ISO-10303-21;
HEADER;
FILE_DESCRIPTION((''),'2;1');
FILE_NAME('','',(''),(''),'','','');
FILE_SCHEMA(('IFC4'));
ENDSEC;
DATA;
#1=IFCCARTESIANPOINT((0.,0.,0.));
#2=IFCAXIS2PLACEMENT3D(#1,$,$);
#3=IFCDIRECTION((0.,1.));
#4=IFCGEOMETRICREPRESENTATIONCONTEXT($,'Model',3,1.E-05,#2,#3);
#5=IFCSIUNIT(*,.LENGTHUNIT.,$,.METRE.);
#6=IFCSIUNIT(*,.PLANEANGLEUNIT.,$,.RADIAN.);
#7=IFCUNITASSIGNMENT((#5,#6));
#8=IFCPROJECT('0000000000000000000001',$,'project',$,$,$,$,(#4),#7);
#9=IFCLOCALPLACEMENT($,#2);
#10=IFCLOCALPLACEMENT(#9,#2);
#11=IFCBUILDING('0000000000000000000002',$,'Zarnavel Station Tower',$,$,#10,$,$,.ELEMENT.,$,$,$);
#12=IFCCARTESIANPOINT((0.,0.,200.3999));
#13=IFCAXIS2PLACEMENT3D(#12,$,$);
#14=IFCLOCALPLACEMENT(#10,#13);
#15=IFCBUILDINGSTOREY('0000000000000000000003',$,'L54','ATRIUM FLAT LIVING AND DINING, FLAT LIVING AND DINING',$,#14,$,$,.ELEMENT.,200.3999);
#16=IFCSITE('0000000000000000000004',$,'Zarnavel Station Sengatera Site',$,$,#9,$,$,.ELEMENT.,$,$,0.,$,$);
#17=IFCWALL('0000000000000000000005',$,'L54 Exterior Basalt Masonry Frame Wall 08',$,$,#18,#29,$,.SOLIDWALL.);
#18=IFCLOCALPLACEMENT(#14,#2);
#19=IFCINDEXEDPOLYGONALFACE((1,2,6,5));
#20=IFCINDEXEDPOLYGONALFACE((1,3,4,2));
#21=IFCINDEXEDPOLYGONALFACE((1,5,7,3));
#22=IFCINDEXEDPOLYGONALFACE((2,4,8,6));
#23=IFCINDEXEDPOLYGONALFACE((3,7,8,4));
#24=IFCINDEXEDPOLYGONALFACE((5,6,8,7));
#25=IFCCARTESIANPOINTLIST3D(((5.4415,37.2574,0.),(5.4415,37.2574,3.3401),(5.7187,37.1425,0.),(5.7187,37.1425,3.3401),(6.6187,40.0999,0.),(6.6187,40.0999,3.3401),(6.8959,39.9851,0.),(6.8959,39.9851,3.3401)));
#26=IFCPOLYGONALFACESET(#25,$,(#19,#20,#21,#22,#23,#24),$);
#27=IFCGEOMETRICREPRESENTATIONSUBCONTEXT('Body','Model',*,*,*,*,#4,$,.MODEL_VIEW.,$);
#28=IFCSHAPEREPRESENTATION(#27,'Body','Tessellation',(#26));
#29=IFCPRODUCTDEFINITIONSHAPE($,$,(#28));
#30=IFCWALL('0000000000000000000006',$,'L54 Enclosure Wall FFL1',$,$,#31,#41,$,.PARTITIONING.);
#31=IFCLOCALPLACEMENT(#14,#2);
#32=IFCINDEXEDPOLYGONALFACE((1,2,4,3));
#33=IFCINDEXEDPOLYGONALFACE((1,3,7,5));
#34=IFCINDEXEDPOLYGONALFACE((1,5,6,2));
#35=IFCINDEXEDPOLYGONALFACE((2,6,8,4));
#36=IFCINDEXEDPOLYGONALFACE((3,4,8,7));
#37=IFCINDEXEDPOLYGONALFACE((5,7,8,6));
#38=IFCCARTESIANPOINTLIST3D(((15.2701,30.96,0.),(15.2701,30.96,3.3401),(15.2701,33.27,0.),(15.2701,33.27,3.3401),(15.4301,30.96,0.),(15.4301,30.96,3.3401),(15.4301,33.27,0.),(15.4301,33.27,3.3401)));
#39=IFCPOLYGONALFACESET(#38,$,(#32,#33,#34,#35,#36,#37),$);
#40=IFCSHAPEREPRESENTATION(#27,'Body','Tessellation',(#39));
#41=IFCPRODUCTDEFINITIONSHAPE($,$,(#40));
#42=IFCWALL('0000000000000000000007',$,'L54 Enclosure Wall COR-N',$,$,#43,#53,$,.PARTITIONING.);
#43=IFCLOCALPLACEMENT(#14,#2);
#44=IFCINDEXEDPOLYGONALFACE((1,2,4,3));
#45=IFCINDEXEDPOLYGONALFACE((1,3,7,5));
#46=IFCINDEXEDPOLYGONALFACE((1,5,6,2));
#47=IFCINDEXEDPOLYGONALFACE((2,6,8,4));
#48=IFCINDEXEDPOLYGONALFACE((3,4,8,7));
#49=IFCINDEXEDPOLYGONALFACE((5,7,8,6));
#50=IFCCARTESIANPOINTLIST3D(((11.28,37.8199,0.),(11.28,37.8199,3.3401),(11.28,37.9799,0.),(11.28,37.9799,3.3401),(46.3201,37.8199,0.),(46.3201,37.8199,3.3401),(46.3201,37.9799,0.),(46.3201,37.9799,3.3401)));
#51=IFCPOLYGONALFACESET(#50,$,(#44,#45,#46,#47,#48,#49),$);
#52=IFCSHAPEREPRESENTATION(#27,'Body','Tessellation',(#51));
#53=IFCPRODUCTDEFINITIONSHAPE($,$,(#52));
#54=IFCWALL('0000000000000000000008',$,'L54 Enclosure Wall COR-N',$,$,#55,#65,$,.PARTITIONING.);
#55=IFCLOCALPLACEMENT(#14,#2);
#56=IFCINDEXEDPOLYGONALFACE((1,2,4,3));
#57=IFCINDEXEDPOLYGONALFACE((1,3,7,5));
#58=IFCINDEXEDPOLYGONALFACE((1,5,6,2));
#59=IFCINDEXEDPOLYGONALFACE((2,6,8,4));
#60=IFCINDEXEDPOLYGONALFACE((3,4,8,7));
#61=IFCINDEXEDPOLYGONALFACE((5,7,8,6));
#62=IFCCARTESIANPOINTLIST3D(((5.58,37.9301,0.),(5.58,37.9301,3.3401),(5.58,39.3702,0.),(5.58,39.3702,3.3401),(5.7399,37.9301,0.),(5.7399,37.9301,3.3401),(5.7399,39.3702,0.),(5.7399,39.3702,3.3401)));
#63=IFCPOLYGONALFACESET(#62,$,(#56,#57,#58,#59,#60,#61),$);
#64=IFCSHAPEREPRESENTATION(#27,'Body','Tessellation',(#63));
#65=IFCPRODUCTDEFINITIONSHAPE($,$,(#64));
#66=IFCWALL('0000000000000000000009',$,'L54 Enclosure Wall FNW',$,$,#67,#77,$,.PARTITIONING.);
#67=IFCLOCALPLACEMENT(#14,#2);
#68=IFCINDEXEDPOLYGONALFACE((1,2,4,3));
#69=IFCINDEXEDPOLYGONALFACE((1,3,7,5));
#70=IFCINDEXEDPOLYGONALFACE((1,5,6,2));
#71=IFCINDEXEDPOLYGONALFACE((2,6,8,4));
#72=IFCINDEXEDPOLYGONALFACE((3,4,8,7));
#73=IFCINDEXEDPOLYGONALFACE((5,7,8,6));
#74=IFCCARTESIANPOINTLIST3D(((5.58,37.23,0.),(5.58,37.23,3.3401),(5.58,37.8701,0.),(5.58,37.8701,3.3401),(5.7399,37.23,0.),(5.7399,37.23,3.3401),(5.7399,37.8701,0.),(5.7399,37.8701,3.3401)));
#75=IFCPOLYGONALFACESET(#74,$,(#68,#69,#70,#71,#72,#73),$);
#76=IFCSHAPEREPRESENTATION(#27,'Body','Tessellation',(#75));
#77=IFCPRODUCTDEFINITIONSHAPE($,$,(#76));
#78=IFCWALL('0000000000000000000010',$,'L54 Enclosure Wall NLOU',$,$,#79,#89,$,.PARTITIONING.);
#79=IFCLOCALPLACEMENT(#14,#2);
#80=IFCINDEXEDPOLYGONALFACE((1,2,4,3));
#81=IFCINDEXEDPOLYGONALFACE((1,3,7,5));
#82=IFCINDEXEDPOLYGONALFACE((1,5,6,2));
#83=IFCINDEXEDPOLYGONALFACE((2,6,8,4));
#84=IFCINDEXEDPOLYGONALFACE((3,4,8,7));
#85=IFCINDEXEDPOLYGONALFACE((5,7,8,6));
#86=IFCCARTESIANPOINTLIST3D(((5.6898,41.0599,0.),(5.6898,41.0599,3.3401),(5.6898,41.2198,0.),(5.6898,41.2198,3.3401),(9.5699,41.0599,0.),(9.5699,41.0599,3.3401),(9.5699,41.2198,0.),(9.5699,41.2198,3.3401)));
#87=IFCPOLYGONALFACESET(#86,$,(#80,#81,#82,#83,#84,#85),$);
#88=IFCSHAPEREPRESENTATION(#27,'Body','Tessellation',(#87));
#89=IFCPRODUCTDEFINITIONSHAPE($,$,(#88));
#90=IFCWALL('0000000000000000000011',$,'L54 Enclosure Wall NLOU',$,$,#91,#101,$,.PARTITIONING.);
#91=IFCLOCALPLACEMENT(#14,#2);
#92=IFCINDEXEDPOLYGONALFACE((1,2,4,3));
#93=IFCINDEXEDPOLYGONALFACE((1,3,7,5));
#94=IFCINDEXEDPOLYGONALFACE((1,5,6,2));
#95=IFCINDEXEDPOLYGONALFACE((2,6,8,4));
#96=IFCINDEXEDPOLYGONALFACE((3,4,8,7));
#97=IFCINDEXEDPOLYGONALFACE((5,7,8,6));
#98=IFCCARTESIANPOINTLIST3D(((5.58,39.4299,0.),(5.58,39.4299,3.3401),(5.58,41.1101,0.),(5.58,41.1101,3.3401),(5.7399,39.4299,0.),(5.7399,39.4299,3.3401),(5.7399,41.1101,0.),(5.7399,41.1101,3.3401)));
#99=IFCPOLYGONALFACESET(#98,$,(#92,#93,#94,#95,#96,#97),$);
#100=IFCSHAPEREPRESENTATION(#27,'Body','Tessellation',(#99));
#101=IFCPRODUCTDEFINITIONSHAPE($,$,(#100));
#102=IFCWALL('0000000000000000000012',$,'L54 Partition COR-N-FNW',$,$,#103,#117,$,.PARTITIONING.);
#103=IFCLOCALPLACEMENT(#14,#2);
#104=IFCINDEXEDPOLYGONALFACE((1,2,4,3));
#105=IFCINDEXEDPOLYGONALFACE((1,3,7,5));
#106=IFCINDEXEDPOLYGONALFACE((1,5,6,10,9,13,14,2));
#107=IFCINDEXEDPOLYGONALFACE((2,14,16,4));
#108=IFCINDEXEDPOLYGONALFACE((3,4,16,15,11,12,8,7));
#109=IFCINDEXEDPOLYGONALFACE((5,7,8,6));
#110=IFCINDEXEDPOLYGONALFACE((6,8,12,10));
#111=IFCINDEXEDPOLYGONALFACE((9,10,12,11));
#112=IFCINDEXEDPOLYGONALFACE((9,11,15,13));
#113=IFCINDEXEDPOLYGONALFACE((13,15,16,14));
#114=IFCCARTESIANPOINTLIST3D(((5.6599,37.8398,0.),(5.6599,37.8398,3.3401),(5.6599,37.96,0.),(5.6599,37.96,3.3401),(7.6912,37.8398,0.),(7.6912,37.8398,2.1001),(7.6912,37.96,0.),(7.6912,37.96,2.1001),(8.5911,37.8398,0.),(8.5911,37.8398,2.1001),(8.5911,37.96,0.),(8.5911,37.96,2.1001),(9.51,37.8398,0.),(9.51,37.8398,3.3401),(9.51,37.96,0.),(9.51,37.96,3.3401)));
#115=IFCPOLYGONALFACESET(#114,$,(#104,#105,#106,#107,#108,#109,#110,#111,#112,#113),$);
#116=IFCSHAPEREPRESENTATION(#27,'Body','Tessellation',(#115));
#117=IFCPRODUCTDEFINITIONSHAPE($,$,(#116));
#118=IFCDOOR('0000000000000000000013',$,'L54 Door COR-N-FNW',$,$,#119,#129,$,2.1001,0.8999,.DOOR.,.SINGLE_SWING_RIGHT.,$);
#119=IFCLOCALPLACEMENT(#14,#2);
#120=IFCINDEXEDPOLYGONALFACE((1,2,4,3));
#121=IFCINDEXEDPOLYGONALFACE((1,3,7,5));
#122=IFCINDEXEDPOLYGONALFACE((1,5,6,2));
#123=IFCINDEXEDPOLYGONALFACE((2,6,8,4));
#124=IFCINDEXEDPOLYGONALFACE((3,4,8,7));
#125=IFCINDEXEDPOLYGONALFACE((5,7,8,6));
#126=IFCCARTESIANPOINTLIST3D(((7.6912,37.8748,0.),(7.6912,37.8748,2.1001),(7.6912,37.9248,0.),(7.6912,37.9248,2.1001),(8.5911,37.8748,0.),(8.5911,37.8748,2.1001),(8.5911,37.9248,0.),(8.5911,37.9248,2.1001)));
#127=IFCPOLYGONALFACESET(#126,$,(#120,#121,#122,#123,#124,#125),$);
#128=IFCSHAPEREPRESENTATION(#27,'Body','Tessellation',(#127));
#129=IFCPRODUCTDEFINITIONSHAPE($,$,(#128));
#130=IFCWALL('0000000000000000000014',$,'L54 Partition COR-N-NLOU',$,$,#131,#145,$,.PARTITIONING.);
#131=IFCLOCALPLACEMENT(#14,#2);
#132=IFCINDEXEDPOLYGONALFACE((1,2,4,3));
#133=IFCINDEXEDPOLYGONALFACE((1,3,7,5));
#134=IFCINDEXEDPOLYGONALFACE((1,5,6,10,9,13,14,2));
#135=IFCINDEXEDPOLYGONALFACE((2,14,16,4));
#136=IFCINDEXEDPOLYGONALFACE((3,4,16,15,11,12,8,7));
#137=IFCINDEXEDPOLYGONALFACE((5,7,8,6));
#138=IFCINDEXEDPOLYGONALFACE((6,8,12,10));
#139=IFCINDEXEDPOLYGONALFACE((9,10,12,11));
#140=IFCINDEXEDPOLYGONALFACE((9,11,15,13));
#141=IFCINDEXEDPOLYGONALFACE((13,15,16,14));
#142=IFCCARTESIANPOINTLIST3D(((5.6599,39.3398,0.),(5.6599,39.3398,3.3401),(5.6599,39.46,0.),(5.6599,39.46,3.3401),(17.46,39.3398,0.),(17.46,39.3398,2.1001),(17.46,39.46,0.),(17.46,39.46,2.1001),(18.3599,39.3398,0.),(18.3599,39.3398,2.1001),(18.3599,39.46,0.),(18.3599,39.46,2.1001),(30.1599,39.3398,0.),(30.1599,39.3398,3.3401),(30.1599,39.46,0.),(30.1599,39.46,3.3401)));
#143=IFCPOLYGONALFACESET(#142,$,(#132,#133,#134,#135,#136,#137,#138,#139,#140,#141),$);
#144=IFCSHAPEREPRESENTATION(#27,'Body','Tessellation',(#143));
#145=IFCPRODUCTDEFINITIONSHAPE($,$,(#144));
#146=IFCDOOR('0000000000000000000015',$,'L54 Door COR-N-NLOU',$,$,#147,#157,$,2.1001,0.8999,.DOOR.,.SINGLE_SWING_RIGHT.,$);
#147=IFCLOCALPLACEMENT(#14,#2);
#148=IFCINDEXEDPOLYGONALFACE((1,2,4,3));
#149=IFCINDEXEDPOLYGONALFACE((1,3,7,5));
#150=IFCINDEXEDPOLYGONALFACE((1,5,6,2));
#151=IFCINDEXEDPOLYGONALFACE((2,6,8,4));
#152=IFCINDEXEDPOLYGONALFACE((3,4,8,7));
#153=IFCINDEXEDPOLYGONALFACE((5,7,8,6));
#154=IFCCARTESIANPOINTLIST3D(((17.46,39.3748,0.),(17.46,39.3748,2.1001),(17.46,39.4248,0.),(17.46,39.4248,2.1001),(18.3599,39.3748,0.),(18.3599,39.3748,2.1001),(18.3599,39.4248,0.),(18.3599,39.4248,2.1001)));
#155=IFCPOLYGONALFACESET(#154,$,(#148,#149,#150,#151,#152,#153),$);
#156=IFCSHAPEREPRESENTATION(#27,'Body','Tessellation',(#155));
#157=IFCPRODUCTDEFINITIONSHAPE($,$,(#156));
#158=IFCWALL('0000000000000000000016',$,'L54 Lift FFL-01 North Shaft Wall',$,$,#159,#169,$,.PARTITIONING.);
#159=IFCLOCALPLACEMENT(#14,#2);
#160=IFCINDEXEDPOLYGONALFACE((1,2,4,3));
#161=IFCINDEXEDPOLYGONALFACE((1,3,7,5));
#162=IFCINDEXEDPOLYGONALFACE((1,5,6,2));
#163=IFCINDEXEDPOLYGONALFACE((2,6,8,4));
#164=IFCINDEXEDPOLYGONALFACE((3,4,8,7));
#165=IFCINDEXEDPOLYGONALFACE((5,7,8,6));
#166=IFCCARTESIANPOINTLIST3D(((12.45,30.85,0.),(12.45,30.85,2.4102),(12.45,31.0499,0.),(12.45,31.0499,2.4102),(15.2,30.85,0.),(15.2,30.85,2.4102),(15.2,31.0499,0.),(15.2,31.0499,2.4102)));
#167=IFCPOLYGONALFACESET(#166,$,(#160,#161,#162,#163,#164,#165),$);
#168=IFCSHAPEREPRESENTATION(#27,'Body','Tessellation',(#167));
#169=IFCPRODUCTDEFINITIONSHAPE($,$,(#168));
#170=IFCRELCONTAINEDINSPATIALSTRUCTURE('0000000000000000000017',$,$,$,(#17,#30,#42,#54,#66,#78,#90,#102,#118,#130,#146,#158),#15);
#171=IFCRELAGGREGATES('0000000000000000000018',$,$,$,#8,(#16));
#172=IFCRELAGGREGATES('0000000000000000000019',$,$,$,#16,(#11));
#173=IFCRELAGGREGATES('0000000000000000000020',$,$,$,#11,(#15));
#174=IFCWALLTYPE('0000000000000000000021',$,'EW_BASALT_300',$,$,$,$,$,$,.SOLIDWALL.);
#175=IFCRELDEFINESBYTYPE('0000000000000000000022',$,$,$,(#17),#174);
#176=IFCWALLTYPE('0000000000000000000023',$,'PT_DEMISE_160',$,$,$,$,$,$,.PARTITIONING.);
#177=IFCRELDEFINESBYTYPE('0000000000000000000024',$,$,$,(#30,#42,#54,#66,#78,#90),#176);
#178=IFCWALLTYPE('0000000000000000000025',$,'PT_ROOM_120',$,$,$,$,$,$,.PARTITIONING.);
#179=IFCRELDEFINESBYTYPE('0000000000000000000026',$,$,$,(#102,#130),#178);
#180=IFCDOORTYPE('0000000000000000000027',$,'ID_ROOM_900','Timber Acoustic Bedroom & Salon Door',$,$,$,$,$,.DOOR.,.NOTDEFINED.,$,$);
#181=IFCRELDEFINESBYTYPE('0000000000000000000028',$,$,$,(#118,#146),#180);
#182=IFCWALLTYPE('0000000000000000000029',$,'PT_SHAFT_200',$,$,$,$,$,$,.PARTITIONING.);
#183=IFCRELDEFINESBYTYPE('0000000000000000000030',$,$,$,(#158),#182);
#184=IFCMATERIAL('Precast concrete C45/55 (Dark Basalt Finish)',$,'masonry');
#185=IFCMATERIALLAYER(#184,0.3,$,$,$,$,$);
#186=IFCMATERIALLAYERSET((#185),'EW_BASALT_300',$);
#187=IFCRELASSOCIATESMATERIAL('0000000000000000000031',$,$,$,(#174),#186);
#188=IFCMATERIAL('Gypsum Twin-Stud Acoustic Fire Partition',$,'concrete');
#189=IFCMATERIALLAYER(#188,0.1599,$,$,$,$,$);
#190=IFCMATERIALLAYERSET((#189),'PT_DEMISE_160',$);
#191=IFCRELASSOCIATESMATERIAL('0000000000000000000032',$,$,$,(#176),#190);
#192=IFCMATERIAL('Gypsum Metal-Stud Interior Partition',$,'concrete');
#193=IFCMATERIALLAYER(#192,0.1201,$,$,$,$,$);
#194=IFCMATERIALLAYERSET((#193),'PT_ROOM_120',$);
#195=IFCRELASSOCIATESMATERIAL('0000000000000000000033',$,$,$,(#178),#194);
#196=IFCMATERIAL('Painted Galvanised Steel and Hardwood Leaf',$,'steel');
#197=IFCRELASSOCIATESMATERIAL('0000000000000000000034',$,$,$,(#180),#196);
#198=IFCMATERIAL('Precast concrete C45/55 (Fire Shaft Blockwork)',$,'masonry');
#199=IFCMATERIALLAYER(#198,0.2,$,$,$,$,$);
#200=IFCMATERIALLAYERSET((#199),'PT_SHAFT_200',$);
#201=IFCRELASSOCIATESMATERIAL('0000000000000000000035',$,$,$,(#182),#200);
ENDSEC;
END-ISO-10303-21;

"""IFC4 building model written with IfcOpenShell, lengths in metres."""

from ifc_helpers import new_model, si_unit, direction, frame, frame_2d, origin, place, context, subcontext, project, spatial, rectangle, extrude, material, layer, layer_set, type_object, element, fill, save


model = new_model("IFC4")

# Units and contexts
model_context = context("Model", 3, precision=1e-05, world=origin(), true_north=direction((0.0, 1.0)))
body_context = subcontext(model_context, "Body", "Model", "MODEL_VIEW")
ifc_project = project(units=[si_unit("LENGTHUNIT", "METRE"), si_unit("PLANEANGLEUNIT", "RADIAN")], contexts=[model_context])

# Site, building, storey
site_placement = place(None, origin())
site = spatial("IfcSite", under=ifc_project, at=site_placement, Name="Zarnavel Station Sengatera Site", CompositionType="ELEMENT", RefElevation=0.0)
building_placement = place(site_placement, origin())
building = spatial("IfcBuilding", under=site, at=building_placement, Name="Zarnavel Station Tower", CompositionType="ELEMENT")
storey_placement = place(building_placement, frame((0.0, 0.0, 200.3999)))
storey = spatial("IfcBuildingStorey", under=building, at=storey_placement, Name="L54", Description="ATRIUM FLAT LIVING AND DINING, FLAT LIVING AND DINING", CompositionType="ELEMENT", Elevation=200.3999)

# Shared definitions
ifc_material_1 = material(Name="Precast concrete C45/55 (Dark Basalt Finish)", Category="masonry")
ifc_layer_1 = layer(ifc_material_1, 0.3)
ifc_layer_set_1 = layer_set([ifc_layer_1], Name="EW_BASALT_300")
wall_type_1 = type_object("IfcWallType", Name="EW_BASALT_300", PredefinedType="SOLIDWALL", material=ifc_layer_set_1)

# Walls
wall_1_placement = place(storey_placement, frame((5.5801, 37.2, 0.0), z_axis=(0.0, 0.0, 1.0), x_axis=(0.382637, 0.923899, 0.0)))
element("IfcWall", 1, at=wall_1_placement, inside=storey, type_object=wall_type_1, Name="L54 Exterior Basalt Masonry Frame Wall 08", PredefinedType="SOLIDWALL", context=body_context, shape_type="SweptSolid", body=[
    extrude(rectangle(XDim=3.0767, YDim=0.3, at=frame_2d((1.5383, 0.0))), origin(), (0.0, 0.0, 1.0), 3.3401),
])
ifc_material_2 = material(Name="Gypsum Twin-Stud Acoustic Fire Partition", Category="concrete")
ifc_layer_2 = layer(ifc_material_2, 0.1599)
ifc_layer_set_2 = layer_set([ifc_layer_2], Name="PT_DEMISE_160")
wall_type_2 = type_object("IfcWallType", Name="PT_DEMISE_160", PredefinedType="PARTITIONING", material=ifc_layer_set_2)
wall_2_placement = place(storey_placement, frame((15.3501, 30.96, 0.0), z_axis=(0.0, 0.0, 1.0), x_axis=(0.0, 1.0, 0.0)))
element("IfcWall", 2, at=wall_2_placement, inside=storey, type_object=wall_type_2, Name="L54 Enclosure Wall FFL1", PredefinedType="PARTITIONING", context=body_context, shape_type="SweptSolid", body=[
    extrude(rectangle(XDim=2.3101, YDim=0.1599, at=frame_2d((1.155, 0.0))), origin(), (0.0, 0.0, 1.0), 3.3401),
])
wall_3_placement = place(storey_placement, frame((11.28, 37.8999, 0.0), z_axis=(0.0, 0.0, 1.0), x_axis=(1.0, 0.0, 0.0)))
element("IfcWall", 3, at=wall_3_placement, inside=storey, type_object=wall_type_2, Name="L54 Enclosure Wall COR-N", PredefinedType="PARTITIONING", context=body_context, shape_type="SweptSolid", body=[
    extrude(rectangle(XDim=35.04, YDim=0.1599, at=frame_2d((17.52, 0.0))), origin(), (0.0, 0.0, 1.0), 3.3401),
])
wall_4_placement = place(storey_placement, frame((5.6599, 37.9299, 0.0), z_axis=(0.0, 0.0, 1.0), x_axis=(0.0, 1.0, 0.0)))
element("IfcWall", 4, at=wall_4_placement, inside=storey, type_object=wall_type_2, Name="L54 Enclosure Wall COR-N", PredefinedType="PARTITIONING", context=body_context, shape_type="SweptSolid", body=[
    extrude(rectangle(XDim=1.4402, YDim=0.1599, at=frame_2d((0.7202, 0.0))), origin(), (0.0, 0.0, 1.0), 3.3401),
])
wall_5_placement = place(storey_placement, frame((5.6599, 37.23, 0.0), z_axis=(0.0, 0.0, 1.0), x_axis=(0.0, 1.0, 0.0)))
element("IfcWall", 5, at=wall_5_placement, inside=storey, type_object=wall_type_2, Name="L54 Enclosure Wall FNW", PredefinedType="PARTITIONING", context=body_context, shape_type="SweptSolid", body=[
    extrude(rectangle(XDim=0.6401, YDim=0.1599, at=frame_2d((0.3201, 0.0))), origin(), (0.0, 0.0, 1.0), 3.3401),
])
wall_6_placement = place(storey_placement, frame((5.6899, 41.1399, 0.0), z_axis=(0.0, 0.0, 1.0), x_axis=(1.0, 0.0, 0.0)))
element("IfcWall", 6, at=wall_6_placement, inside=storey, type_object=wall_type_2, Name="L54 Enclosure Wall NLOU", PredefinedType="PARTITIONING", context=body_context, shape_type="SweptSolid", body=[
    extrude(rectangle(XDim=3.8801, YDim=0.1599, at=frame_2d((1.9399, 0.0))), origin(), (0.0, 0.0, 1.0), 3.3401),
])
wall_7_placement = place(storey_placement, frame((5.6599, 39.4299, 0.0), z_axis=(0.0, 0.0, 1.0), x_axis=(0.0, 1.0, 0.0)))
element("IfcWall", 7, at=wall_7_placement, inside=storey, type_object=wall_type_2, Name="L54 Enclosure Wall NLOU", PredefinedType="PARTITIONING", context=body_context, shape_type="SweptSolid", body=[
    extrude(rectangle(XDim=1.6802, YDim=0.1599, at=frame_2d((0.8401, 0.0))), origin(), (0.0, 0.0, 1.0), 3.3401),
])

# Walls, openings, doors
ifc_material_3 = material(Name="Gypsum Metal-Stud Interior Partition", Category="concrete")
ifc_layer_3 = layer(ifc_material_3, 0.1201)
ifc_layer_set_3 = layer_set([ifc_layer_3], Name="PT_ROOM_120")
wall_type_3 = type_object("IfcWallType", Name="PT_ROOM_120", PredefinedType="PARTITIONING", material=ifc_layer_set_3)
wall_8_placement = place(storey_placement, frame((5.6599, 37.8999, 0.0), z_axis=(0.0, 0.0, 1.0), x_axis=(1.0, 0.0, 0.0)))
wall_8 = element("IfcWall", 8, at=wall_8_placement, inside=storey, type_object=wall_type_3, Name="L54 Partition COR-N-FNW", PredefinedType="PARTITIONING", context=body_context, shape_type="SweptSolid", body=[
    extrude(rectangle(XDim=3.8501, YDim=0.1201, at=frame_2d((1.925, 0.0))), origin(), (0.0, 0.0, 1.0), 3.3401),
])
opening_1_placement = place(wall_8_placement, frame((2.0312, 0.0, 0.0)))
opening_1 = element("IfcOpeningElement", 9, at=opening_1_placement, cuts=wall_8, PredefinedType="OPENING", context=body_context, shape_type="SweptSolid", body=[
    extrude(rectangle(XDim=0.8999, YDim=2.1001, at=frame_2d((0.45, 1.05))), frame((0.0, 0.0701, 0.0), z_axis=(0.0, -1.0, 0.0), x_axis=(1.0, 0.0, 0.0)), (0.0, 0.0, 1.0), 0.1401),
])
ifc_material_4 = material(Name="Painted Galvanised Steel and Hardwood Leaf", Category="steel")
door_type_1 = type_object("IfcDoorType", Name="ID_ROOM_900", Description="Timber Acoustic Bedroom & Salon Door", OperationType="NOTDEFINED", PredefinedType="DOOR", material=ifc_material_4)
door_1_placement = place(opening_1_placement, origin())
door_1 = element("IfcDoor", 10, at=door_1_placement, inside=storey, type_object=door_type_1, Name="L54 Door COR-N-FNW", OperationType="SINGLE_SWING_RIGHT", OverallHeight=2.1001, OverallWidth=0.8999, PredefinedType="DOOR", context=body_context, shape_type="SweptSolid", body=[
    extrude(rectangle(XDim=0.8999, YDim=2.1001, at=frame_2d((0.45, 1.05))), frame((0.0, 0.0249, 0.0), z_axis=(0.0, -1.0, 0.0), x_axis=(1.0, 0.0, 0.0)), (0.0, 0.0, 1.0), 0.05),
])
fill(opening_1, door_1)
wall_9_placement = place(storey_placement, frame((5.6599, 39.3999, 0.0), z_axis=(0.0, 0.0, 1.0), x_axis=(1.0, 0.0, 0.0)))
wall_9 = element("IfcWall", 11, at=wall_9_placement, inside=storey, type_object=wall_type_3, Name="L54 Partition COR-N-NLOU", PredefinedType="PARTITIONING", context=body_context, shape_type="SweptSolid", body=[
    extrude(rectangle(XDim=24.5, YDim=0.1201, at=frame_2d((12.25, 0.0))), origin(), (0.0, 0.0, 1.0), 3.3401),
])
opening_2_placement = place(wall_9_placement, frame((11.8, 0.0, 0.0)))
opening_2 = element("IfcOpeningElement", 12, at=opening_2_placement, cuts=wall_9, PredefinedType="OPENING", context=body_context, shape_type="SweptSolid", body=[
    extrude(rectangle(XDim=0.8999, YDim=2.1001, at=frame_2d((0.45, 1.05))), frame((0.0, 0.0701, 0.0), z_axis=(0.0, -1.0, 0.0), x_axis=(1.0, 0.0, 0.0)), (0.0, 0.0, 1.0), 0.1401),
])
door_2_placement = place(opening_2_placement, origin())
door_2 = element("IfcDoor", 13, at=door_2_placement, inside=storey, type_object=door_type_1, Name="L54 Door COR-N-NLOU", OperationType="SINGLE_SWING_RIGHT", OverallHeight=2.1001, OverallWidth=0.8999, PredefinedType="DOOR", context=body_context, shape_type="SweptSolid", body=[
    extrude(rectangle(XDim=0.8999, YDim=2.1001, at=frame_2d((0.45, 1.05))), frame((0.0, 0.0249, 0.0), z_axis=(0.0, -1.0, 0.0), x_axis=(1.0, 0.0, 0.0)), (0.0, 0.0, 1.0), 0.05),
])
fill(opening_2, door_2)
ifc_material_5 = material(Name="Precast concrete C45/55 (Fire Shaft Blockwork)", Category="masonry")
ifc_layer_4 = layer(ifc_material_5, 0.2)
ifc_layer_set_4 = layer_set([ifc_layer_4], Name="PT_SHAFT_200")
wall_type_4 = type_object("IfcWallType", Name="PT_SHAFT_200", PredefinedType="PARTITIONING", material=ifc_layer_set_4)

# Wall
wall_10_placement = place(storey_placement, frame((12.45, 30.95, 0.0), z_axis=(0.0, 0.0, 1.0), x_axis=(1.0, 0.0, 0.0)))
element("IfcWall", 14, at=wall_10_placement, inside=storey, type_object=wall_type_4, Name="L54 Lift FFL-01 North Shaft Wall", PredefinedType="PARTITIONING", context=body_context, shape_type="SweptSolid", body=[
    extrude(rectangle(XDim=2.75, YDim=0.2, at=frame_2d((1.375, 0.0))), origin(), (0.0, 0.0, 1.0), 2.4102),
])

save(model, "model.ifc")
